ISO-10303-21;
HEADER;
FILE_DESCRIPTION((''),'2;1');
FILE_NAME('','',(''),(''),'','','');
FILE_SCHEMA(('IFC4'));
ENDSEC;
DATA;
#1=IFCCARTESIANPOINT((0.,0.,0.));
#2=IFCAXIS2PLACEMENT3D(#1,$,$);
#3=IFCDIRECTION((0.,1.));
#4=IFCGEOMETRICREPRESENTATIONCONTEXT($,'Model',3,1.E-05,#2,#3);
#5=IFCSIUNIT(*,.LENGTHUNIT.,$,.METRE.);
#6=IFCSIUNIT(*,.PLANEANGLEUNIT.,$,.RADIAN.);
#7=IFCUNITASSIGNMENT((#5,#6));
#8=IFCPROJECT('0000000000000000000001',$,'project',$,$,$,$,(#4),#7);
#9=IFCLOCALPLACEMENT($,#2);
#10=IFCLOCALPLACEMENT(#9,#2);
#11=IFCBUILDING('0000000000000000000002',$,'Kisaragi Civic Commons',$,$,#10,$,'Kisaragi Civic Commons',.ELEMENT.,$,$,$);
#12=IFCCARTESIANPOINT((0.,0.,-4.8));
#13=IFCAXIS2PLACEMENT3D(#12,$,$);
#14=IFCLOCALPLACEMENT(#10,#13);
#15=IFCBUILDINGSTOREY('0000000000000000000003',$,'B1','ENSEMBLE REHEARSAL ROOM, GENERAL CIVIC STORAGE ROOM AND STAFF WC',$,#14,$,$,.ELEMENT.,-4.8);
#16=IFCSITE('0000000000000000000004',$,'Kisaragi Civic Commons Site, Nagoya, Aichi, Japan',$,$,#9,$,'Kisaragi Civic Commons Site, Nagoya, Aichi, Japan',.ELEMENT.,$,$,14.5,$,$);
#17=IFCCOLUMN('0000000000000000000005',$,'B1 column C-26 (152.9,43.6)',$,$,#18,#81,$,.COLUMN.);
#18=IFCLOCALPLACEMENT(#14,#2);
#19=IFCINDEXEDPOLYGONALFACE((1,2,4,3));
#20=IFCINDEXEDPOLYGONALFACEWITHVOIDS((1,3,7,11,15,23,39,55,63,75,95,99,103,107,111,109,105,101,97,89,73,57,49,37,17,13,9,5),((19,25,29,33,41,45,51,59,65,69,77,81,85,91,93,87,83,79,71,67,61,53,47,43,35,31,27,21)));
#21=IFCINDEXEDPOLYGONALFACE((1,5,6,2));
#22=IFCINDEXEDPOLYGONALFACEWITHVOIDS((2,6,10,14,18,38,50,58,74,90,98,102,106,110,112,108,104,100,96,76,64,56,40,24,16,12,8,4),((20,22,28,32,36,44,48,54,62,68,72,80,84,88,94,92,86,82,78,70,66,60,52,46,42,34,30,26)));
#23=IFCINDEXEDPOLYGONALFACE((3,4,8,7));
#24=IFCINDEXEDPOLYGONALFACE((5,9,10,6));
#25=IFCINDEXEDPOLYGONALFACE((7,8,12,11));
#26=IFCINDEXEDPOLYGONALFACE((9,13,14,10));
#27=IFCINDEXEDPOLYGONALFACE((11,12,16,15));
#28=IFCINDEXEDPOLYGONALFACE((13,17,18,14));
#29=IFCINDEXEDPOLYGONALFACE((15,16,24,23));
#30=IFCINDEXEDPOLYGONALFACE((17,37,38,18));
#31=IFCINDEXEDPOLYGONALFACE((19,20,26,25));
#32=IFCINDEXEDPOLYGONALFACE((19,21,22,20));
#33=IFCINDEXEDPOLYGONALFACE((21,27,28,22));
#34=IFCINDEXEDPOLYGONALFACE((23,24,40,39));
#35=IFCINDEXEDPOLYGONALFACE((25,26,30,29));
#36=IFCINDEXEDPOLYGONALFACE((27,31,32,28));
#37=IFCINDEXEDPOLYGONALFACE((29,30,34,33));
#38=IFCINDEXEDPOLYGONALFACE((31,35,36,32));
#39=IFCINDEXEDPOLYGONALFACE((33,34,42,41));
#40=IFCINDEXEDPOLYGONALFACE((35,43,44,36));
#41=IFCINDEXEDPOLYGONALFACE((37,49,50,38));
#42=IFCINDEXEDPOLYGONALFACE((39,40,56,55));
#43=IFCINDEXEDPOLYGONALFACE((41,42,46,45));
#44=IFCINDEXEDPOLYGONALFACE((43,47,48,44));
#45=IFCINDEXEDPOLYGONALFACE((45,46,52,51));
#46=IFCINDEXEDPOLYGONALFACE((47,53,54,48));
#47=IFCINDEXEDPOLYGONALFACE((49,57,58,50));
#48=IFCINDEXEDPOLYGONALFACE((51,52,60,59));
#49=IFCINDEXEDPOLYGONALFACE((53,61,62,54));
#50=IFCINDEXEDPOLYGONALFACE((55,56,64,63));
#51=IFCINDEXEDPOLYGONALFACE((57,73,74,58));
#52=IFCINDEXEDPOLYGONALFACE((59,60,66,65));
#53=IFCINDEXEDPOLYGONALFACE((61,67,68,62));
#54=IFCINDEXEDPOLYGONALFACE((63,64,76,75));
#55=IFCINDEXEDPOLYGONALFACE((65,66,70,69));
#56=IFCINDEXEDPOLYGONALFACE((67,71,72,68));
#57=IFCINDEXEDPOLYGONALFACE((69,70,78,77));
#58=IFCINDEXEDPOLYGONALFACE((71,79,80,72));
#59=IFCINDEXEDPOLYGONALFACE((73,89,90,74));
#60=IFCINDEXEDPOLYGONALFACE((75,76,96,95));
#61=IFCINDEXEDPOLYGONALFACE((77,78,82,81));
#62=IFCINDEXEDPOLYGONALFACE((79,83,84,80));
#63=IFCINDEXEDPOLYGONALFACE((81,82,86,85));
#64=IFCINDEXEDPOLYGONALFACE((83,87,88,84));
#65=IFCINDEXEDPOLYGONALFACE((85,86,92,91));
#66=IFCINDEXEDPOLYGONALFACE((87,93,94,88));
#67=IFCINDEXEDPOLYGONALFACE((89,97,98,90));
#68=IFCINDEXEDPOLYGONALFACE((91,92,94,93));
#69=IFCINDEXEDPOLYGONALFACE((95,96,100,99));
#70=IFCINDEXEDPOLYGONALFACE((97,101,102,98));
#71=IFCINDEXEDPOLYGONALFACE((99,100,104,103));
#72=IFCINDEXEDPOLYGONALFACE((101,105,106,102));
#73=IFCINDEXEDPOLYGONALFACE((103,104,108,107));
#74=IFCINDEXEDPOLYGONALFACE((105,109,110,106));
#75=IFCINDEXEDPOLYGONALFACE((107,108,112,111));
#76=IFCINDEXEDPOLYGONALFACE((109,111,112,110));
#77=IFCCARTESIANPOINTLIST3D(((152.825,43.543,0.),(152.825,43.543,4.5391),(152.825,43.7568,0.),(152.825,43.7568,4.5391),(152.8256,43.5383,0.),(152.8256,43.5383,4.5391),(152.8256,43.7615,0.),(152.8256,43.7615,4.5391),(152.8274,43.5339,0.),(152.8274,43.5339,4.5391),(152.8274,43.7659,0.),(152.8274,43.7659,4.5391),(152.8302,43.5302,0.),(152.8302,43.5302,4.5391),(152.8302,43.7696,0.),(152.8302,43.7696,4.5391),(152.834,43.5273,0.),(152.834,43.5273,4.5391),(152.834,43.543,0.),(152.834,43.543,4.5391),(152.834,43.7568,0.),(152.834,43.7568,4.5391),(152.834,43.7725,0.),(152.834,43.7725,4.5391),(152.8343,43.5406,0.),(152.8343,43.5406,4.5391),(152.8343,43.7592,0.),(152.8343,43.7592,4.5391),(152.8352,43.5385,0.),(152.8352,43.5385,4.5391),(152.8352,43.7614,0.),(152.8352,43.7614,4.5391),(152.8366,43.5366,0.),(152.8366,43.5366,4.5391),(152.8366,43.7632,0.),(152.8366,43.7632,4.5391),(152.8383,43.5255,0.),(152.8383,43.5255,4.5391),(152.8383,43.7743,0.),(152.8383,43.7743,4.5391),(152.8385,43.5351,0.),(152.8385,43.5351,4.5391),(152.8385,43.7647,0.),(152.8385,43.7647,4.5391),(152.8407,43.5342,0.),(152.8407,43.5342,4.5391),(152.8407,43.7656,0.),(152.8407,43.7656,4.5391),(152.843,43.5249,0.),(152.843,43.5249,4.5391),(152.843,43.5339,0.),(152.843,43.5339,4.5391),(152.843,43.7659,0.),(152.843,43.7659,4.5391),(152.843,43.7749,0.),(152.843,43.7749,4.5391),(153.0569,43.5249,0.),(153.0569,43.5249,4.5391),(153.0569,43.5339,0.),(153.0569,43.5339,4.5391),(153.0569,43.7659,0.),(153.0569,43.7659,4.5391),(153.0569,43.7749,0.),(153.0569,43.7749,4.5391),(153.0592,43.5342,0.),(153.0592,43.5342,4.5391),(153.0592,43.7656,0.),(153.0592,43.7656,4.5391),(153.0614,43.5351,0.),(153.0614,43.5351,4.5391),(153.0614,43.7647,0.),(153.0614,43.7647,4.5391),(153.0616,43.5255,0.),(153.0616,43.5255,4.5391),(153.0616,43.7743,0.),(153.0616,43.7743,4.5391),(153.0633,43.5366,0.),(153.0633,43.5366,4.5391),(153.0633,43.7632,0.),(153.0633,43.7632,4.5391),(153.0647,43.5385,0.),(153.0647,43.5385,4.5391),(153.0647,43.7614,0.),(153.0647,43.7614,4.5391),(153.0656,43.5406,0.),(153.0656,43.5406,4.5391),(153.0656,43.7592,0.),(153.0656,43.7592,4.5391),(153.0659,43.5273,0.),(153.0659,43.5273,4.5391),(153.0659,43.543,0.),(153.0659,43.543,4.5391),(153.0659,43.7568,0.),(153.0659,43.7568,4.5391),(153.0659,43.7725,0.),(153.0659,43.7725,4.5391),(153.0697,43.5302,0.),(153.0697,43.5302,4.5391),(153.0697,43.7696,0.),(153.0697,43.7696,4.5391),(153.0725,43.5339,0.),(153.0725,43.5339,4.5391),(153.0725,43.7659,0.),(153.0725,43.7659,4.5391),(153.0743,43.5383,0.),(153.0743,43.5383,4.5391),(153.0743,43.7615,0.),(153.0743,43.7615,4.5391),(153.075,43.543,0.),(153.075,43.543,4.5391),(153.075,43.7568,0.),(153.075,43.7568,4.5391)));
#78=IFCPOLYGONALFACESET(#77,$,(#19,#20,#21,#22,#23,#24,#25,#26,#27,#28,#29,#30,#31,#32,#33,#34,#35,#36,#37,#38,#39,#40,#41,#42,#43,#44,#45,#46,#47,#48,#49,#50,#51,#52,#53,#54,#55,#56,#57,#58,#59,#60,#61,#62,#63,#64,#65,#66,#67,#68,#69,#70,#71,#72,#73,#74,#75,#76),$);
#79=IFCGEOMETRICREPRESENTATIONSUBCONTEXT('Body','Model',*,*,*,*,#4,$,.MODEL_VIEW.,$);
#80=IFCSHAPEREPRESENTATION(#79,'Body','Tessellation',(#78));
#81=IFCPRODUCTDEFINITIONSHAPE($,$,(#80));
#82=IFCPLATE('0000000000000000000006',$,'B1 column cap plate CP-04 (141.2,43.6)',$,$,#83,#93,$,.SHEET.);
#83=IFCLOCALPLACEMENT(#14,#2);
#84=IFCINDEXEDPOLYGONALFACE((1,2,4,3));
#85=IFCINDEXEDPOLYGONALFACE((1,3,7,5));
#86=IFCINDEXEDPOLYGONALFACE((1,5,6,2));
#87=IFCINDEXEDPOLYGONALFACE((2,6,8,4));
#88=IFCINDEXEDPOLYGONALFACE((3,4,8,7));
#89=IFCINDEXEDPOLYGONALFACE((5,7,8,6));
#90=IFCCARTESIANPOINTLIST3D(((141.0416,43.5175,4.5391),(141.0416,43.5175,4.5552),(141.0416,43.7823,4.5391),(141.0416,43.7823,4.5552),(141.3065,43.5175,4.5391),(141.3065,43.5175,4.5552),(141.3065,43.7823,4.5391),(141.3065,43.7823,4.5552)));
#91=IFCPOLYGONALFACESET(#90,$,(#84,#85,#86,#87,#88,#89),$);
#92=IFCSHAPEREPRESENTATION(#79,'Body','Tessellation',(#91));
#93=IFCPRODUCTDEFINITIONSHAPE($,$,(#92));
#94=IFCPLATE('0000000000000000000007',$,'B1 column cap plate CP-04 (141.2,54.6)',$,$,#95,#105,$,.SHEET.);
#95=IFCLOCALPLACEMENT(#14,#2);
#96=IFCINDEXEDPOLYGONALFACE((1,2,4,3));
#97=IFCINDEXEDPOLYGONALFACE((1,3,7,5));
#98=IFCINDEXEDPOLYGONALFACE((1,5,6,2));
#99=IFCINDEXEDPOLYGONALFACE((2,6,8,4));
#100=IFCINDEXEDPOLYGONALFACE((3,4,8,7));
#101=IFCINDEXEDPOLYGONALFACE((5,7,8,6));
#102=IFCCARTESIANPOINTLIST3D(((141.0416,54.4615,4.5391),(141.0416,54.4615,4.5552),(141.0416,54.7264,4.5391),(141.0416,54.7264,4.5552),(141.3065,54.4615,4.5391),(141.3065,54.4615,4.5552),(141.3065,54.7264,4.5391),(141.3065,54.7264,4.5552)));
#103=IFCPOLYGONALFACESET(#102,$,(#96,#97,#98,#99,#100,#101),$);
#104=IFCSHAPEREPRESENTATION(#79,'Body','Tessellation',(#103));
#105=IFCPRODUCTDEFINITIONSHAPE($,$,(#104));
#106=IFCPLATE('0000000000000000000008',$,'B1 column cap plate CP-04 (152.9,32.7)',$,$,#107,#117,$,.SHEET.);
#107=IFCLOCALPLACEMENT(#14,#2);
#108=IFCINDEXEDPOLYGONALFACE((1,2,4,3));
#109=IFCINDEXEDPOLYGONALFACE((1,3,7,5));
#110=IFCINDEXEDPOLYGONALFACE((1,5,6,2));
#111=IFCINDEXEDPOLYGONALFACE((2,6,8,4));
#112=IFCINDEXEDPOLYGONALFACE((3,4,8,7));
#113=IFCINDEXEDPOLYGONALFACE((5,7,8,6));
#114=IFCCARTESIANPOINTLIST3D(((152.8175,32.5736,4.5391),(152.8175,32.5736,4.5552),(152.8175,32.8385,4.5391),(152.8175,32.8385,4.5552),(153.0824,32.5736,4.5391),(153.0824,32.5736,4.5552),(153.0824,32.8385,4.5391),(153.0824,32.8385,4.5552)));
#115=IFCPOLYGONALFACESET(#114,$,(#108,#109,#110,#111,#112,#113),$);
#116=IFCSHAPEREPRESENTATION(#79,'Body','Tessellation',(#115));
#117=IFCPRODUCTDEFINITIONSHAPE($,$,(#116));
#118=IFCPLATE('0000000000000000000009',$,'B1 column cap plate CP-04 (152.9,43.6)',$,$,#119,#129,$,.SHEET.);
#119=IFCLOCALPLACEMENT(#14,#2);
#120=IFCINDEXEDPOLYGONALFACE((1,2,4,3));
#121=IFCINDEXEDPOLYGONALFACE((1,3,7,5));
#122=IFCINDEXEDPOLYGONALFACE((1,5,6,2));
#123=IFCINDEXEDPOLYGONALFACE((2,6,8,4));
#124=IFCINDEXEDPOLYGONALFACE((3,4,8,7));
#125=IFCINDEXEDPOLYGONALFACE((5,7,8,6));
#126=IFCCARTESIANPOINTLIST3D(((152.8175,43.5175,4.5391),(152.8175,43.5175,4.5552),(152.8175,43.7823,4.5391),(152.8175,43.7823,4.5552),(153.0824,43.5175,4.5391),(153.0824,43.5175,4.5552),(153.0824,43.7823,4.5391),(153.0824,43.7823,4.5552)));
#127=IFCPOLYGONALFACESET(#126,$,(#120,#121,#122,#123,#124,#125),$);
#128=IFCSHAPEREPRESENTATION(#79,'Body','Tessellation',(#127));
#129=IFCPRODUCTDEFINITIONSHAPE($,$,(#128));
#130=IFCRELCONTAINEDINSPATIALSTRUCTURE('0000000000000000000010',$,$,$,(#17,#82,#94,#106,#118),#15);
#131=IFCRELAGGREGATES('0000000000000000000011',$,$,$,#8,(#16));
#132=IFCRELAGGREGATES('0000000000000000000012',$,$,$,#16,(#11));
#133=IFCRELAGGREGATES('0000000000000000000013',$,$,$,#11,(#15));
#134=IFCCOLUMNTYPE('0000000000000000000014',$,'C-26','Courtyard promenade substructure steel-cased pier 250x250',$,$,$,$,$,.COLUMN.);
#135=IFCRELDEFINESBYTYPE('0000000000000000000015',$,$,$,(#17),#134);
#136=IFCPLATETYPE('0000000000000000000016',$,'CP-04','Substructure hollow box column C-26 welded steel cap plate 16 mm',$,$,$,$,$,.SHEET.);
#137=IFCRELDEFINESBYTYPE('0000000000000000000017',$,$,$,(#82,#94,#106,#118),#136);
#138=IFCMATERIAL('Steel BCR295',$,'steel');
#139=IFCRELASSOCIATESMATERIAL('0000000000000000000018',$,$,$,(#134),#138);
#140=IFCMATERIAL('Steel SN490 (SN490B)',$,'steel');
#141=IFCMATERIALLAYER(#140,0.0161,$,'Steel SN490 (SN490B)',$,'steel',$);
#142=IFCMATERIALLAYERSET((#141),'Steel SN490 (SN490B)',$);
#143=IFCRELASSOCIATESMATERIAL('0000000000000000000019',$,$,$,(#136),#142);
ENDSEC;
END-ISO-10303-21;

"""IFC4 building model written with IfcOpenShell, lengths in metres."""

from ifc_helpers import new_model, si_unit, direction, frame, origin, origin_2d, place, context, subcontext, project, spatial, rectangle, hollow_rectangle, extrude, material, layer, layer_set, material_profile, profile_set, type_object, element, save


model = new_model("IFC4")

# Units and contexts
model_context = context("Model", 3, precision=1e-05, world=origin(), true_north=direction((0.0, 1.0)))
body_context = subcontext(model_context, "Body", "Model", "MODEL_VIEW")
ifc_project = project(units=[si_unit("LENGTHUNIT", "METRE"), si_unit("PLANEANGLEUNIT", "RADIAN")], contexts=[model_context])

# Site, building, storey
site_placement = place(None, origin())
site = spatial("IfcSite", under=ifc_project, at=site_placement, Name="Kisaragi Civic Commons Site, Nagoya, Aichi, Japan", LongName="Kisaragi Civic Commons Site, Nagoya, Aichi, Japan", CompositionType="ELEMENT", RefElevation=14.5)
building_placement = place(site_placement, origin())
building = spatial("IfcBuilding", under=site, at=building_placement, Name="Kisaragi Civic Commons", LongName="Kisaragi Civic Commons", CompositionType="ELEMENT")
storey_placement = place(building_placement, frame((0.0, 0.0, -4.8)))
storey = spatial("IfcBuildingStorey", under=building, at=storey_placement, Name="B1", Description="ENSEMBLE REHEARSAL ROOM, GENERAL CIVIC STORAGE ROOM AND STAFF WC", CompositionType="ELEMENT", Elevation=-4.8)

# Column
ifc_material_1 = material(Name="Steel BCR295", Category="steel")
ifc_material_profile_1 = material_profile(ifc_material_1, hollow_rectangle(XDim=0.25, YDim=0.25, WallThickness=0.009, InnerFilletRadius=0.009, OuterFilletRadius=0.0181, at=origin_2d()), Name="BCR-250x250x9", Category="steel")
ifc_profile_set_1 = profile_set([ifc_material_profile_1], Name="Steel BCR295")
column_type_1 = type_object("IfcColumnType", Name="C-26", Description="Courtyard promenade substructure steel-cased pier 250x250", PredefinedType="COLUMN", material=ifc_profile_set_1)
for number, where, z_axis, x_axis, name in (
    (1, (152.95, 43.6499, 0.0), (0.0, 0.0, 1.0), (1.0, 0.0, 0.0), "B1 column C-26 (152.9,43.6)"),
):
    element("IfcColumn", number, at=place(storey_placement, frame(where, z_axis=z_axis, x_axis=x_axis)), inside=storey, type_object=column_type_1, Name=name, PredefinedType="COLUMN", context=body_context, shape_type="SweptSolid", body=[
        extrude(hollow_rectangle(XDim=0.25, YDim=0.25, WallThickness=0.009, InnerFilletRadius=0.009, OuterFilletRadius=0.0181, at=origin_2d()), origin(), (0.0, 0.0, 1.0), 4.5391),
    ])

# Plates
ifc_material_2 = material(Name="Steel SN490 (SN490B)", Category="steel")
ifc_layer = layer(ifc_material_2, 0.0161, Name="Steel SN490 (SN490B)", Category="steel")
ifc_layer_set = layer_set([ifc_layer], Name="Steel SN490 (SN490B)")
plate_type = type_object("IfcPlateType", Name="CP-04", Description="Substructure hollow box column C-26 welded steel cap plate 16 mm", PredefinedType="SHEET", material=ifc_layer_set)
for number, where, z_axis, x_axis, name in (
    (2, (141.1741, 43.6499, 4.5391), (0.0, 0.0, 1.0), (1.0, 0.0, 0.0), "B1 column cap plate CP-04 (141.2,43.6)"),
    (3, (141.1741, 54.594, 4.5391), (0.0, 0.0, 1.0), (1.0, 0.0, 0.0), "B1 column cap plate CP-04 (141.2,54.6)"),
    (4, (152.95, 32.7061, 4.5391), (0.0, 0.0, 1.0), (1.0, 0.0, 0.0), "B1 column cap plate CP-04 (152.9,32.7)"),
    (5, (152.95, 43.6499, 4.5391), (0.0, 0.0, 1.0), (1.0, 0.0, 0.0), "B1 column cap plate CP-04 (152.9,43.6)"),
):
    element("IfcPlate", number, at=place(storey_placement, frame(where, z_axis=z_axis, x_axis=x_axis)), inside=storey, type_object=plate_type, Name=name, PredefinedType="SHEET", context=body_context, shape_type="SweptSolid", body=[
        extrude(rectangle(XDim=0.2649, YDim=0.2649, at=origin_2d()), origin(), (0.0, 0.0, 1.0), 0.0161),
    ])

save(model, "model.ifc")
